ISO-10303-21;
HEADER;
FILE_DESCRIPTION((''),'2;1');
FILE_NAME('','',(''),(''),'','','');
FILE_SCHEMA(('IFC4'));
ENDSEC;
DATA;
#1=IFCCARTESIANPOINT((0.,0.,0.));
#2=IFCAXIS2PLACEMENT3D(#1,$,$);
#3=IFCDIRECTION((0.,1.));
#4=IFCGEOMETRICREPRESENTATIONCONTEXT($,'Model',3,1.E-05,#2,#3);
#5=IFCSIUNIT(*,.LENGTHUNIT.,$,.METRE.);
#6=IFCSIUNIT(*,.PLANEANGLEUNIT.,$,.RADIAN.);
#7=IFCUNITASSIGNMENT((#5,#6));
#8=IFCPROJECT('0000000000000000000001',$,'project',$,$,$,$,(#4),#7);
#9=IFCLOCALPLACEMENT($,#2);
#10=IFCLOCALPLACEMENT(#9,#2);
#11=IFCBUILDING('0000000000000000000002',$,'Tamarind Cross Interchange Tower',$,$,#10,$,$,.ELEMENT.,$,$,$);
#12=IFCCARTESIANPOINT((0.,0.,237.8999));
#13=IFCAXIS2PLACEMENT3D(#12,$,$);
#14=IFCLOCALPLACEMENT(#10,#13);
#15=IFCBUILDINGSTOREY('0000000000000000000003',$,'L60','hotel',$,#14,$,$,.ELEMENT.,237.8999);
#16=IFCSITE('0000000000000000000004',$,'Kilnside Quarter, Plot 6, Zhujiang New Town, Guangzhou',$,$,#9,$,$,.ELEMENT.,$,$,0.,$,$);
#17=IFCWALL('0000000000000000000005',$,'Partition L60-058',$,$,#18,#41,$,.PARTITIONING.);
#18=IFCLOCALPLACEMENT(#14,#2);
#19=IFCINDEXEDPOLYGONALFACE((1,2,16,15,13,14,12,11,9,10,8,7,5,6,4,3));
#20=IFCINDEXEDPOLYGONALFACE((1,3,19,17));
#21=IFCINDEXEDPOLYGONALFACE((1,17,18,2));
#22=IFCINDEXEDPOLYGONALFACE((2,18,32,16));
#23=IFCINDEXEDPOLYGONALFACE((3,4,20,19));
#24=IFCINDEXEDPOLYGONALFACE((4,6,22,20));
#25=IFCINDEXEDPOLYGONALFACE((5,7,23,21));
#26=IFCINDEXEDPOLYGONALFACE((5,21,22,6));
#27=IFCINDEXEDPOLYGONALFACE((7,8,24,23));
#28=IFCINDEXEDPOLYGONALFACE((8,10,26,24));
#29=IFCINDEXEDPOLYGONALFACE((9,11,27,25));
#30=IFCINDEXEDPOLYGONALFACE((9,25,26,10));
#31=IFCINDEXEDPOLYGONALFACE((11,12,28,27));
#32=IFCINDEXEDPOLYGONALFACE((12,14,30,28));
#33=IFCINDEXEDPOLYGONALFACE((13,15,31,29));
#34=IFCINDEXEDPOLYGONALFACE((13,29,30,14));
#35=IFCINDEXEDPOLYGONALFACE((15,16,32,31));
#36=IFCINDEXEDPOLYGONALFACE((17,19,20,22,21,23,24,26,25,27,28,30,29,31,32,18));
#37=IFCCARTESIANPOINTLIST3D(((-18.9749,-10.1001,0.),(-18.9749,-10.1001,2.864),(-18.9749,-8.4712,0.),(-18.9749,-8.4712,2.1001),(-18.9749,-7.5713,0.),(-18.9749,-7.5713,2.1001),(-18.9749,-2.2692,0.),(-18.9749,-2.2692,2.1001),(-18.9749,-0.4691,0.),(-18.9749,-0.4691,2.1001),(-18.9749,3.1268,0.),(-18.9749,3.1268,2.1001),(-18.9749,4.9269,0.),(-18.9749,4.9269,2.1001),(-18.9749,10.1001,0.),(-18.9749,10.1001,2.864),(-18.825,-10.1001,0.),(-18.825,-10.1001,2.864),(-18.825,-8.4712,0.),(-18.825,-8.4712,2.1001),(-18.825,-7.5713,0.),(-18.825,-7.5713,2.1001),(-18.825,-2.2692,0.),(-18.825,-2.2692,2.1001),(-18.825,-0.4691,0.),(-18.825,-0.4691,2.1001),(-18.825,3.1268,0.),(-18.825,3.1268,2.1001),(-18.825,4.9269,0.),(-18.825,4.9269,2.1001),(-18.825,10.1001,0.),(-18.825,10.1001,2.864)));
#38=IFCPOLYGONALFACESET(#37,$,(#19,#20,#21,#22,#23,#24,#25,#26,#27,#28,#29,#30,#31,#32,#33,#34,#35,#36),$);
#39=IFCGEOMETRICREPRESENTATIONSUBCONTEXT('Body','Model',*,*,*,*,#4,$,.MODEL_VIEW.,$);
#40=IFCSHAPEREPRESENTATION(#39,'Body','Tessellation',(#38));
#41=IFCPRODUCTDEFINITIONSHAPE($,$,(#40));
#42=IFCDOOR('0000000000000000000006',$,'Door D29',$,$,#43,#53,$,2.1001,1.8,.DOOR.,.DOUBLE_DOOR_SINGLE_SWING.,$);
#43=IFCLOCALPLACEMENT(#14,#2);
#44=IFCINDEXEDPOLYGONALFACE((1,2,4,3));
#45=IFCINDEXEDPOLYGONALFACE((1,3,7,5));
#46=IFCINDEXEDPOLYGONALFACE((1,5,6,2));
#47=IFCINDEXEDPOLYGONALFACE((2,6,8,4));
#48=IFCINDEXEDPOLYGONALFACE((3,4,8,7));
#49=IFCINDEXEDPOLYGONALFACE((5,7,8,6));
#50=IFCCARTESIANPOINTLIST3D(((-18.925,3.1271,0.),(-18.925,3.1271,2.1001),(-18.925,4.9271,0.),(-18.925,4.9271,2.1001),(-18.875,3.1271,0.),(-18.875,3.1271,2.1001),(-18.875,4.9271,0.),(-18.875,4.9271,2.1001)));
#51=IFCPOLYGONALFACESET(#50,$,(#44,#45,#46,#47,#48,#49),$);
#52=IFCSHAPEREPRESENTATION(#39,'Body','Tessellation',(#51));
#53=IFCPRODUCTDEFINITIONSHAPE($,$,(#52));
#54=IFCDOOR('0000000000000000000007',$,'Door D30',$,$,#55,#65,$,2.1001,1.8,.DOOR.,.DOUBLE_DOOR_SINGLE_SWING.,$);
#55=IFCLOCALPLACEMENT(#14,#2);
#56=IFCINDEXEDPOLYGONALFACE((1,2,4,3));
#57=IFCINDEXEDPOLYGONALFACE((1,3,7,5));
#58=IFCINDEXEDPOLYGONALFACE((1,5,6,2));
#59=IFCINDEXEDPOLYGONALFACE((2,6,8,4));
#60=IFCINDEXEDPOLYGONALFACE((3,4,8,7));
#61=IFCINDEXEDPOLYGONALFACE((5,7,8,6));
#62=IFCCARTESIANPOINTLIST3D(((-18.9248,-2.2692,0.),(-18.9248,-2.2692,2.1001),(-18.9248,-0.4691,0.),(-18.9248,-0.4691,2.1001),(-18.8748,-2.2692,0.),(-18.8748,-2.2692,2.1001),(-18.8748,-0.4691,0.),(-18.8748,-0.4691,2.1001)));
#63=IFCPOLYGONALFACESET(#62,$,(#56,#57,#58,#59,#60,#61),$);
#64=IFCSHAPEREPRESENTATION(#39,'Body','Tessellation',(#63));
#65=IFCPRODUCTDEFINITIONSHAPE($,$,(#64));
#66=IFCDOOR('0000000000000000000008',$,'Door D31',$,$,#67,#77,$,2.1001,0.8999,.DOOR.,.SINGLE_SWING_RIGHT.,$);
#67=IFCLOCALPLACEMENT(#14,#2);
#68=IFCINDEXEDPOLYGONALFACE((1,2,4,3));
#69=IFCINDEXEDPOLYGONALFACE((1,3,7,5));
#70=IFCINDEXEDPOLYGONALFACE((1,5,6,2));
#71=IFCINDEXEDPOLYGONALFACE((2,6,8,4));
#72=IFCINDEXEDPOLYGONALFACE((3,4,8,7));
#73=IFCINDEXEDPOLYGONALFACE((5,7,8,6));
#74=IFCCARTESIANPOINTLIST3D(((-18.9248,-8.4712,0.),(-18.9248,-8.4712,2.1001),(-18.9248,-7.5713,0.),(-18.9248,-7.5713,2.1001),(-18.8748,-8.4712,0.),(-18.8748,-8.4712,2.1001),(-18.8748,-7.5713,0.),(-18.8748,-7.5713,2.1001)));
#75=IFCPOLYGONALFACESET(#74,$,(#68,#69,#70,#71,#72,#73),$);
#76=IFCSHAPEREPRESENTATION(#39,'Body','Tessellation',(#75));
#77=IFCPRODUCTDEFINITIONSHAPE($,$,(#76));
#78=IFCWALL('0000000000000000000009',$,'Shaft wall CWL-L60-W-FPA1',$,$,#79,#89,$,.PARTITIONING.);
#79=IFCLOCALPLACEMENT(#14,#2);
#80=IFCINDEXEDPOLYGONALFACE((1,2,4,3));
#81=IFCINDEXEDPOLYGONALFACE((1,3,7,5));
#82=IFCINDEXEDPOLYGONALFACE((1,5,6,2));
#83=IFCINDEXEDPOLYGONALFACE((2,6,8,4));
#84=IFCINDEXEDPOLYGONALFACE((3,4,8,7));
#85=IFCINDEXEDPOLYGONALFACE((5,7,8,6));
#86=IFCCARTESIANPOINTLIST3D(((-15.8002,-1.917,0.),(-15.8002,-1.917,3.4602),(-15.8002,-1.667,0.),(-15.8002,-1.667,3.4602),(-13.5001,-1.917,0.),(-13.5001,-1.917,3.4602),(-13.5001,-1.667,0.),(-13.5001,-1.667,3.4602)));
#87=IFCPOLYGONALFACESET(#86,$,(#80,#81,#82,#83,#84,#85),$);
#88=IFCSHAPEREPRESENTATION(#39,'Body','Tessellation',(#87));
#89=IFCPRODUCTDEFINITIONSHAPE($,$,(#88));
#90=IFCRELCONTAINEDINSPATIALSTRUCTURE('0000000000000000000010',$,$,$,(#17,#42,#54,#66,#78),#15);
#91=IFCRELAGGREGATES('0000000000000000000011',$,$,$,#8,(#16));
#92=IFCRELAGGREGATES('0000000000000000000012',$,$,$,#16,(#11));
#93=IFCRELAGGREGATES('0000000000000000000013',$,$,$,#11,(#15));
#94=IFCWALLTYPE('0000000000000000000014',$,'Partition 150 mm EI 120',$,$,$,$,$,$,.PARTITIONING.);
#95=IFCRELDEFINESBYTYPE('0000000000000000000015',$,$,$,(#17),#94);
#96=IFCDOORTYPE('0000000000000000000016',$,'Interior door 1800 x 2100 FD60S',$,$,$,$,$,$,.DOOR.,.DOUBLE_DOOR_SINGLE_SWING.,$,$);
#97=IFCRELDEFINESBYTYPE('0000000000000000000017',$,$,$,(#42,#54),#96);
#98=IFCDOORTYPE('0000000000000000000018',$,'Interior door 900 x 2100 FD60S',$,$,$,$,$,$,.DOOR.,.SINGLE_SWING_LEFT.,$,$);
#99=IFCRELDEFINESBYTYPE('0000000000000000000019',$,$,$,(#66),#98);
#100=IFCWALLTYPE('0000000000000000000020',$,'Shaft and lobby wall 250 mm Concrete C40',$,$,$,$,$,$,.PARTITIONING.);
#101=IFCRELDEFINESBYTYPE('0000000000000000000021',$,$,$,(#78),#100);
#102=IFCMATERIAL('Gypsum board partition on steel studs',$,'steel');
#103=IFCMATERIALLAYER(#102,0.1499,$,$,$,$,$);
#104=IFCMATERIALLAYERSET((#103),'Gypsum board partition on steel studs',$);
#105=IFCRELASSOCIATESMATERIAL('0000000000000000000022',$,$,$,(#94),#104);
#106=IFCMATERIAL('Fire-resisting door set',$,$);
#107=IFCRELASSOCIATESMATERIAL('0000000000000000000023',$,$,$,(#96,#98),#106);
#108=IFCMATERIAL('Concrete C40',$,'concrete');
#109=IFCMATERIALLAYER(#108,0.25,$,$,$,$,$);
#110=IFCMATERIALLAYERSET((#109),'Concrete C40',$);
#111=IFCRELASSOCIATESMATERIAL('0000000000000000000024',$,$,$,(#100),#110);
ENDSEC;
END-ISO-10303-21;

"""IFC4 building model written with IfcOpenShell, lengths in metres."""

from ifc_helpers import new_model, si_unit, direction, frame, frame_2d, origin, place, context, subcontext, project, spatial, rectangle, extrude, material, layer, layer_set, type_object, element, fill, save


model = new_model("IFC4")

# Units and contexts
model_context = context("Model", 3, precision=1e-05, world=origin(), true_north=direction((0.0, 1.0)))
body_context = subcontext(model_context, "Body", "Model", "MODEL_VIEW")
ifc_project = project(units=[si_unit("LENGTHUNIT", "METRE"), si_unit("PLANEANGLEUNIT", "RADIAN")], contexts=[model_context])

# Site, building, storey
site_placement = place(None, origin())
site = spatial("IfcSite", under=ifc_project, at=site_placement, Name="Kilnside Quarter, Plot 6, Zhujiang New Town, Guangzhou", CompositionType="ELEMENT", RefElevation=0.0)
building_placement = place(site_placement, origin())
building = spatial("IfcBuilding", under=site, at=building_placement, Name="Tamarind Cross Interchange Tower", CompositionType="ELEMENT")
storey_placement = place(building_placement, frame((0.0, 0.0, 237.8999)))
storey = spatial("IfcBuildingStorey", under=building, at=storey_placement, Name="L60", Description="hotel", CompositionType="ELEMENT", Elevation=237.8999)

# Shared definitions
ifc_material_1 = material(Name="Gypsum board partition on steel studs", Category="steel")
ifc_layer_1 = layer(ifc_material_1, 0.1499)
ifc_layer_set_1 = layer_set([ifc_layer_1], Name="Gypsum board partition on steel studs")
wall_type_1 = type_object("IfcWallType", Name="Partition 150 mm EI 120", PredefinedType="PARTITIONING", material=ifc_layer_set_1)

# Wall, openings, doors
wall_1_placement = place(storey_placement, frame((-18.8999, -10.1001, 0.0), z_axis=(0.0, 0.0, 1.0), x_axis=(0.0, 1.0, 0.0)))
wall_1 = element("IfcWall", 1, at=wall_1_placement, inside=storey, type_object=wall_type_1, Name="Partition L60-058", PredefinedType="PARTITIONING", context=body_context, shape_type="SweptSolid", body=[
    extrude(rectangle(XDim=20.2002, YDim=0.1499, at=frame_2d((10.1001, 0.0))), origin(), (0.0, 0.0, 1.0), 2.864),
])
opening_1_placement = place(wall_1_placement, frame((13.2271, 0.0, 0.0)))
opening_1 = element("IfcOpeningElement", 2, at=opening_1_placement, cuts=wall_1, PredefinedType="OPENING", context=body_context, shape_type="SweptSolid", body=[
    extrude(rectangle(XDim=1.8, YDim=2.1001, at=frame_2d((0.8999, 1.05))), frame((0.0, 0.085, 0.0), z_axis=(0.0, -1.0, 0.0), x_axis=(1.0, 0.0, 0.0)), (0.0, 0.0, 1.0), 0.1699),
])
opening_2_placement = place(wall_1_placement, frame((7.8311, 0.0, 0.0)))
opening_2 = element("IfcOpeningElement", 3, at=opening_2_placement, cuts=wall_1, PredefinedType="OPENING", context=body_context, shape_type="SweptSolid", body=[
    extrude(rectangle(XDim=1.8, YDim=2.1001, at=frame_2d((0.8999, 1.05))), frame((0.0, 0.085, 0.0), z_axis=(0.0, -1.0, 0.0), x_axis=(1.0, 0.0, 0.0)), (0.0, 0.0, 1.0), 0.1699),
])
opening_3_placement = place(wall_1_placement, frame((1.6289, 0.0, 0.0)))
opening_3 = element("IfcOpeningElement", 4, at=opening_3_placement, cuts=wall_1, PredefinedType="OPENING", context=body_context, shape_type="SweptSolid", body=[
    extrude(rectangle(XDim=0.8999, YDim=2.1001, at=frame_2d((0.45, 1.05))), frame((0.0, 0.085, 0.0), z_axis=(0.0, -1.0, 0.0), x_axis=(1.0, 0.0, 0.0)), (0.0, 0.0, 1.0), 0.1699),
])
ifc_material_2 = material(Name="Fire-resisting door set")
door_type_1 = type_object("IfcDoorType", Name="Interior door 1800 x 2100 FD60S", OperationType="DOUBLE_DOOR_SINGLE_SWING", PredefinedType="DOOR", material=ifc_material_2)
door_1_placement = place(opening_1_placement, frame((1.8, 0.0, 0.0), z_axis=(0.0, 0.0, 1.0), x_axis=(-1.0, 0.0, 0.0)))
door_1 = element("IfcDoor", 5, at=door_1_placement, inside=storey, type_object=door_type_1, Name="Door D29", OperationType="DOUBLE_DOOR_SINGLE_SWING", OverallHeight=2.1001, OverallWidth=1.8, PredefinedType="DOOR", context=body_context, shape_type="SweptSolid", body=[
    extrude(rectangle(XDim=1.8, YDim=2.1001, at=frame_2d((0.8999, 1.05))), frame((0.0, 0.0249, 0.0), z_axis=(0.0, -1.0, 0.0), x_axis=(1.0, 0.0, 0.0)), (0.0, 0.0, 1.0), 0.05),
])
fill(opening_1, door_1)
door_2_placement = place(opening_2_placement, origin())
door_2 = element("IfcDoor", 6, at=door_2_placement, inside=storey, type_object=door_type_1, Name="Door D30", OperationType="DOUBLE_DOOR_SINGLE_SWING", OverallHeight=2.1001, OverallWidth=1.8, PredefinedType="DOOR", context=body_context, shape_type="SweptSolid", body=[
    extrude(rectangle(XDim=1.8, YDim=2.1001, at=frame_2d((0.8999, 1.05))), frame((0.0, 0.0249, 0.0), z_axis=(0.0, -1.0, 0.0), x_axis=(1.0, 0.0, 0.0)), (0.0, 0.0, 1.0), 0.05),
])
fill(opening_2, door_2)
door_type_2 = type_object("IfcDoorType", Name="Interior door 900 x 2100 FD60S", OperationType="SINGLE_SWING_LEFT", PredefinedType="DOOR", material=ifc_material_2)
door_3_placement = place(opening_3_placement, origin())
door_3 = element("IfcDoor", 7, at=door_3_placement, inside=storey, type_object=door_type_2, Name="Door D31", OperationType="SINGLE_SWING_RIGHT", OverallHeight=2.1001, OverallWidth=0.8999, PredefinedType="DOOR", context=body_context, shape_type="SweptSolid", body=[
    extrude(rectangle(XDim=0.8999, YDim=2.1001, at=frame_2d((0.45, 1.05))), frame((0.0, 0.0249, 0.0), z_axis=(0.0, -1.0, 0.0), x_axis=(1.0, 0.0, 0.0)), (0.0, 0.0, 1.0), 0.05),
])
fill(opening_3, door_3)

# Wall
ifc_material_3 = material(Name="Concrete C40", Category="concrete")
ifc_layer_2 = layer(ifc_material_3, 0.25)
ifc_layer_set_2 = layer_set([ifc_layer_2], Name="Concrete C40")
wall_type_2 = type_object("IfcWallType", Name="Shaft and lobby wall 250 mm Concrete C40", PredefinedType="PARTITIONING", material=ifc_layer_set_2)
wall_2_placement = place(storey_placement, frame((-15.8, -1.792, 0.0), z_axis=(0.0, 0.0, 1.0), x_axis=(1.0, 0.0, 0.0)))
element("IfcWall", 8, at=wall_2_placement, inside=storey, type_object=wall_type_2, Name="Shaft wall CWL-L60-W-FPA1", PredefinedType="PARTITIONING", context=body_context, shape_type="SweptSolid", body=[
    extrude(rectangle(XDim=2.3, YDim=0.25, at=frame_2d((1.1499, 0.0))), origin(), (0.0, 0.0, 1.0), 3.4602),
])

save(model, "model.ifc")
